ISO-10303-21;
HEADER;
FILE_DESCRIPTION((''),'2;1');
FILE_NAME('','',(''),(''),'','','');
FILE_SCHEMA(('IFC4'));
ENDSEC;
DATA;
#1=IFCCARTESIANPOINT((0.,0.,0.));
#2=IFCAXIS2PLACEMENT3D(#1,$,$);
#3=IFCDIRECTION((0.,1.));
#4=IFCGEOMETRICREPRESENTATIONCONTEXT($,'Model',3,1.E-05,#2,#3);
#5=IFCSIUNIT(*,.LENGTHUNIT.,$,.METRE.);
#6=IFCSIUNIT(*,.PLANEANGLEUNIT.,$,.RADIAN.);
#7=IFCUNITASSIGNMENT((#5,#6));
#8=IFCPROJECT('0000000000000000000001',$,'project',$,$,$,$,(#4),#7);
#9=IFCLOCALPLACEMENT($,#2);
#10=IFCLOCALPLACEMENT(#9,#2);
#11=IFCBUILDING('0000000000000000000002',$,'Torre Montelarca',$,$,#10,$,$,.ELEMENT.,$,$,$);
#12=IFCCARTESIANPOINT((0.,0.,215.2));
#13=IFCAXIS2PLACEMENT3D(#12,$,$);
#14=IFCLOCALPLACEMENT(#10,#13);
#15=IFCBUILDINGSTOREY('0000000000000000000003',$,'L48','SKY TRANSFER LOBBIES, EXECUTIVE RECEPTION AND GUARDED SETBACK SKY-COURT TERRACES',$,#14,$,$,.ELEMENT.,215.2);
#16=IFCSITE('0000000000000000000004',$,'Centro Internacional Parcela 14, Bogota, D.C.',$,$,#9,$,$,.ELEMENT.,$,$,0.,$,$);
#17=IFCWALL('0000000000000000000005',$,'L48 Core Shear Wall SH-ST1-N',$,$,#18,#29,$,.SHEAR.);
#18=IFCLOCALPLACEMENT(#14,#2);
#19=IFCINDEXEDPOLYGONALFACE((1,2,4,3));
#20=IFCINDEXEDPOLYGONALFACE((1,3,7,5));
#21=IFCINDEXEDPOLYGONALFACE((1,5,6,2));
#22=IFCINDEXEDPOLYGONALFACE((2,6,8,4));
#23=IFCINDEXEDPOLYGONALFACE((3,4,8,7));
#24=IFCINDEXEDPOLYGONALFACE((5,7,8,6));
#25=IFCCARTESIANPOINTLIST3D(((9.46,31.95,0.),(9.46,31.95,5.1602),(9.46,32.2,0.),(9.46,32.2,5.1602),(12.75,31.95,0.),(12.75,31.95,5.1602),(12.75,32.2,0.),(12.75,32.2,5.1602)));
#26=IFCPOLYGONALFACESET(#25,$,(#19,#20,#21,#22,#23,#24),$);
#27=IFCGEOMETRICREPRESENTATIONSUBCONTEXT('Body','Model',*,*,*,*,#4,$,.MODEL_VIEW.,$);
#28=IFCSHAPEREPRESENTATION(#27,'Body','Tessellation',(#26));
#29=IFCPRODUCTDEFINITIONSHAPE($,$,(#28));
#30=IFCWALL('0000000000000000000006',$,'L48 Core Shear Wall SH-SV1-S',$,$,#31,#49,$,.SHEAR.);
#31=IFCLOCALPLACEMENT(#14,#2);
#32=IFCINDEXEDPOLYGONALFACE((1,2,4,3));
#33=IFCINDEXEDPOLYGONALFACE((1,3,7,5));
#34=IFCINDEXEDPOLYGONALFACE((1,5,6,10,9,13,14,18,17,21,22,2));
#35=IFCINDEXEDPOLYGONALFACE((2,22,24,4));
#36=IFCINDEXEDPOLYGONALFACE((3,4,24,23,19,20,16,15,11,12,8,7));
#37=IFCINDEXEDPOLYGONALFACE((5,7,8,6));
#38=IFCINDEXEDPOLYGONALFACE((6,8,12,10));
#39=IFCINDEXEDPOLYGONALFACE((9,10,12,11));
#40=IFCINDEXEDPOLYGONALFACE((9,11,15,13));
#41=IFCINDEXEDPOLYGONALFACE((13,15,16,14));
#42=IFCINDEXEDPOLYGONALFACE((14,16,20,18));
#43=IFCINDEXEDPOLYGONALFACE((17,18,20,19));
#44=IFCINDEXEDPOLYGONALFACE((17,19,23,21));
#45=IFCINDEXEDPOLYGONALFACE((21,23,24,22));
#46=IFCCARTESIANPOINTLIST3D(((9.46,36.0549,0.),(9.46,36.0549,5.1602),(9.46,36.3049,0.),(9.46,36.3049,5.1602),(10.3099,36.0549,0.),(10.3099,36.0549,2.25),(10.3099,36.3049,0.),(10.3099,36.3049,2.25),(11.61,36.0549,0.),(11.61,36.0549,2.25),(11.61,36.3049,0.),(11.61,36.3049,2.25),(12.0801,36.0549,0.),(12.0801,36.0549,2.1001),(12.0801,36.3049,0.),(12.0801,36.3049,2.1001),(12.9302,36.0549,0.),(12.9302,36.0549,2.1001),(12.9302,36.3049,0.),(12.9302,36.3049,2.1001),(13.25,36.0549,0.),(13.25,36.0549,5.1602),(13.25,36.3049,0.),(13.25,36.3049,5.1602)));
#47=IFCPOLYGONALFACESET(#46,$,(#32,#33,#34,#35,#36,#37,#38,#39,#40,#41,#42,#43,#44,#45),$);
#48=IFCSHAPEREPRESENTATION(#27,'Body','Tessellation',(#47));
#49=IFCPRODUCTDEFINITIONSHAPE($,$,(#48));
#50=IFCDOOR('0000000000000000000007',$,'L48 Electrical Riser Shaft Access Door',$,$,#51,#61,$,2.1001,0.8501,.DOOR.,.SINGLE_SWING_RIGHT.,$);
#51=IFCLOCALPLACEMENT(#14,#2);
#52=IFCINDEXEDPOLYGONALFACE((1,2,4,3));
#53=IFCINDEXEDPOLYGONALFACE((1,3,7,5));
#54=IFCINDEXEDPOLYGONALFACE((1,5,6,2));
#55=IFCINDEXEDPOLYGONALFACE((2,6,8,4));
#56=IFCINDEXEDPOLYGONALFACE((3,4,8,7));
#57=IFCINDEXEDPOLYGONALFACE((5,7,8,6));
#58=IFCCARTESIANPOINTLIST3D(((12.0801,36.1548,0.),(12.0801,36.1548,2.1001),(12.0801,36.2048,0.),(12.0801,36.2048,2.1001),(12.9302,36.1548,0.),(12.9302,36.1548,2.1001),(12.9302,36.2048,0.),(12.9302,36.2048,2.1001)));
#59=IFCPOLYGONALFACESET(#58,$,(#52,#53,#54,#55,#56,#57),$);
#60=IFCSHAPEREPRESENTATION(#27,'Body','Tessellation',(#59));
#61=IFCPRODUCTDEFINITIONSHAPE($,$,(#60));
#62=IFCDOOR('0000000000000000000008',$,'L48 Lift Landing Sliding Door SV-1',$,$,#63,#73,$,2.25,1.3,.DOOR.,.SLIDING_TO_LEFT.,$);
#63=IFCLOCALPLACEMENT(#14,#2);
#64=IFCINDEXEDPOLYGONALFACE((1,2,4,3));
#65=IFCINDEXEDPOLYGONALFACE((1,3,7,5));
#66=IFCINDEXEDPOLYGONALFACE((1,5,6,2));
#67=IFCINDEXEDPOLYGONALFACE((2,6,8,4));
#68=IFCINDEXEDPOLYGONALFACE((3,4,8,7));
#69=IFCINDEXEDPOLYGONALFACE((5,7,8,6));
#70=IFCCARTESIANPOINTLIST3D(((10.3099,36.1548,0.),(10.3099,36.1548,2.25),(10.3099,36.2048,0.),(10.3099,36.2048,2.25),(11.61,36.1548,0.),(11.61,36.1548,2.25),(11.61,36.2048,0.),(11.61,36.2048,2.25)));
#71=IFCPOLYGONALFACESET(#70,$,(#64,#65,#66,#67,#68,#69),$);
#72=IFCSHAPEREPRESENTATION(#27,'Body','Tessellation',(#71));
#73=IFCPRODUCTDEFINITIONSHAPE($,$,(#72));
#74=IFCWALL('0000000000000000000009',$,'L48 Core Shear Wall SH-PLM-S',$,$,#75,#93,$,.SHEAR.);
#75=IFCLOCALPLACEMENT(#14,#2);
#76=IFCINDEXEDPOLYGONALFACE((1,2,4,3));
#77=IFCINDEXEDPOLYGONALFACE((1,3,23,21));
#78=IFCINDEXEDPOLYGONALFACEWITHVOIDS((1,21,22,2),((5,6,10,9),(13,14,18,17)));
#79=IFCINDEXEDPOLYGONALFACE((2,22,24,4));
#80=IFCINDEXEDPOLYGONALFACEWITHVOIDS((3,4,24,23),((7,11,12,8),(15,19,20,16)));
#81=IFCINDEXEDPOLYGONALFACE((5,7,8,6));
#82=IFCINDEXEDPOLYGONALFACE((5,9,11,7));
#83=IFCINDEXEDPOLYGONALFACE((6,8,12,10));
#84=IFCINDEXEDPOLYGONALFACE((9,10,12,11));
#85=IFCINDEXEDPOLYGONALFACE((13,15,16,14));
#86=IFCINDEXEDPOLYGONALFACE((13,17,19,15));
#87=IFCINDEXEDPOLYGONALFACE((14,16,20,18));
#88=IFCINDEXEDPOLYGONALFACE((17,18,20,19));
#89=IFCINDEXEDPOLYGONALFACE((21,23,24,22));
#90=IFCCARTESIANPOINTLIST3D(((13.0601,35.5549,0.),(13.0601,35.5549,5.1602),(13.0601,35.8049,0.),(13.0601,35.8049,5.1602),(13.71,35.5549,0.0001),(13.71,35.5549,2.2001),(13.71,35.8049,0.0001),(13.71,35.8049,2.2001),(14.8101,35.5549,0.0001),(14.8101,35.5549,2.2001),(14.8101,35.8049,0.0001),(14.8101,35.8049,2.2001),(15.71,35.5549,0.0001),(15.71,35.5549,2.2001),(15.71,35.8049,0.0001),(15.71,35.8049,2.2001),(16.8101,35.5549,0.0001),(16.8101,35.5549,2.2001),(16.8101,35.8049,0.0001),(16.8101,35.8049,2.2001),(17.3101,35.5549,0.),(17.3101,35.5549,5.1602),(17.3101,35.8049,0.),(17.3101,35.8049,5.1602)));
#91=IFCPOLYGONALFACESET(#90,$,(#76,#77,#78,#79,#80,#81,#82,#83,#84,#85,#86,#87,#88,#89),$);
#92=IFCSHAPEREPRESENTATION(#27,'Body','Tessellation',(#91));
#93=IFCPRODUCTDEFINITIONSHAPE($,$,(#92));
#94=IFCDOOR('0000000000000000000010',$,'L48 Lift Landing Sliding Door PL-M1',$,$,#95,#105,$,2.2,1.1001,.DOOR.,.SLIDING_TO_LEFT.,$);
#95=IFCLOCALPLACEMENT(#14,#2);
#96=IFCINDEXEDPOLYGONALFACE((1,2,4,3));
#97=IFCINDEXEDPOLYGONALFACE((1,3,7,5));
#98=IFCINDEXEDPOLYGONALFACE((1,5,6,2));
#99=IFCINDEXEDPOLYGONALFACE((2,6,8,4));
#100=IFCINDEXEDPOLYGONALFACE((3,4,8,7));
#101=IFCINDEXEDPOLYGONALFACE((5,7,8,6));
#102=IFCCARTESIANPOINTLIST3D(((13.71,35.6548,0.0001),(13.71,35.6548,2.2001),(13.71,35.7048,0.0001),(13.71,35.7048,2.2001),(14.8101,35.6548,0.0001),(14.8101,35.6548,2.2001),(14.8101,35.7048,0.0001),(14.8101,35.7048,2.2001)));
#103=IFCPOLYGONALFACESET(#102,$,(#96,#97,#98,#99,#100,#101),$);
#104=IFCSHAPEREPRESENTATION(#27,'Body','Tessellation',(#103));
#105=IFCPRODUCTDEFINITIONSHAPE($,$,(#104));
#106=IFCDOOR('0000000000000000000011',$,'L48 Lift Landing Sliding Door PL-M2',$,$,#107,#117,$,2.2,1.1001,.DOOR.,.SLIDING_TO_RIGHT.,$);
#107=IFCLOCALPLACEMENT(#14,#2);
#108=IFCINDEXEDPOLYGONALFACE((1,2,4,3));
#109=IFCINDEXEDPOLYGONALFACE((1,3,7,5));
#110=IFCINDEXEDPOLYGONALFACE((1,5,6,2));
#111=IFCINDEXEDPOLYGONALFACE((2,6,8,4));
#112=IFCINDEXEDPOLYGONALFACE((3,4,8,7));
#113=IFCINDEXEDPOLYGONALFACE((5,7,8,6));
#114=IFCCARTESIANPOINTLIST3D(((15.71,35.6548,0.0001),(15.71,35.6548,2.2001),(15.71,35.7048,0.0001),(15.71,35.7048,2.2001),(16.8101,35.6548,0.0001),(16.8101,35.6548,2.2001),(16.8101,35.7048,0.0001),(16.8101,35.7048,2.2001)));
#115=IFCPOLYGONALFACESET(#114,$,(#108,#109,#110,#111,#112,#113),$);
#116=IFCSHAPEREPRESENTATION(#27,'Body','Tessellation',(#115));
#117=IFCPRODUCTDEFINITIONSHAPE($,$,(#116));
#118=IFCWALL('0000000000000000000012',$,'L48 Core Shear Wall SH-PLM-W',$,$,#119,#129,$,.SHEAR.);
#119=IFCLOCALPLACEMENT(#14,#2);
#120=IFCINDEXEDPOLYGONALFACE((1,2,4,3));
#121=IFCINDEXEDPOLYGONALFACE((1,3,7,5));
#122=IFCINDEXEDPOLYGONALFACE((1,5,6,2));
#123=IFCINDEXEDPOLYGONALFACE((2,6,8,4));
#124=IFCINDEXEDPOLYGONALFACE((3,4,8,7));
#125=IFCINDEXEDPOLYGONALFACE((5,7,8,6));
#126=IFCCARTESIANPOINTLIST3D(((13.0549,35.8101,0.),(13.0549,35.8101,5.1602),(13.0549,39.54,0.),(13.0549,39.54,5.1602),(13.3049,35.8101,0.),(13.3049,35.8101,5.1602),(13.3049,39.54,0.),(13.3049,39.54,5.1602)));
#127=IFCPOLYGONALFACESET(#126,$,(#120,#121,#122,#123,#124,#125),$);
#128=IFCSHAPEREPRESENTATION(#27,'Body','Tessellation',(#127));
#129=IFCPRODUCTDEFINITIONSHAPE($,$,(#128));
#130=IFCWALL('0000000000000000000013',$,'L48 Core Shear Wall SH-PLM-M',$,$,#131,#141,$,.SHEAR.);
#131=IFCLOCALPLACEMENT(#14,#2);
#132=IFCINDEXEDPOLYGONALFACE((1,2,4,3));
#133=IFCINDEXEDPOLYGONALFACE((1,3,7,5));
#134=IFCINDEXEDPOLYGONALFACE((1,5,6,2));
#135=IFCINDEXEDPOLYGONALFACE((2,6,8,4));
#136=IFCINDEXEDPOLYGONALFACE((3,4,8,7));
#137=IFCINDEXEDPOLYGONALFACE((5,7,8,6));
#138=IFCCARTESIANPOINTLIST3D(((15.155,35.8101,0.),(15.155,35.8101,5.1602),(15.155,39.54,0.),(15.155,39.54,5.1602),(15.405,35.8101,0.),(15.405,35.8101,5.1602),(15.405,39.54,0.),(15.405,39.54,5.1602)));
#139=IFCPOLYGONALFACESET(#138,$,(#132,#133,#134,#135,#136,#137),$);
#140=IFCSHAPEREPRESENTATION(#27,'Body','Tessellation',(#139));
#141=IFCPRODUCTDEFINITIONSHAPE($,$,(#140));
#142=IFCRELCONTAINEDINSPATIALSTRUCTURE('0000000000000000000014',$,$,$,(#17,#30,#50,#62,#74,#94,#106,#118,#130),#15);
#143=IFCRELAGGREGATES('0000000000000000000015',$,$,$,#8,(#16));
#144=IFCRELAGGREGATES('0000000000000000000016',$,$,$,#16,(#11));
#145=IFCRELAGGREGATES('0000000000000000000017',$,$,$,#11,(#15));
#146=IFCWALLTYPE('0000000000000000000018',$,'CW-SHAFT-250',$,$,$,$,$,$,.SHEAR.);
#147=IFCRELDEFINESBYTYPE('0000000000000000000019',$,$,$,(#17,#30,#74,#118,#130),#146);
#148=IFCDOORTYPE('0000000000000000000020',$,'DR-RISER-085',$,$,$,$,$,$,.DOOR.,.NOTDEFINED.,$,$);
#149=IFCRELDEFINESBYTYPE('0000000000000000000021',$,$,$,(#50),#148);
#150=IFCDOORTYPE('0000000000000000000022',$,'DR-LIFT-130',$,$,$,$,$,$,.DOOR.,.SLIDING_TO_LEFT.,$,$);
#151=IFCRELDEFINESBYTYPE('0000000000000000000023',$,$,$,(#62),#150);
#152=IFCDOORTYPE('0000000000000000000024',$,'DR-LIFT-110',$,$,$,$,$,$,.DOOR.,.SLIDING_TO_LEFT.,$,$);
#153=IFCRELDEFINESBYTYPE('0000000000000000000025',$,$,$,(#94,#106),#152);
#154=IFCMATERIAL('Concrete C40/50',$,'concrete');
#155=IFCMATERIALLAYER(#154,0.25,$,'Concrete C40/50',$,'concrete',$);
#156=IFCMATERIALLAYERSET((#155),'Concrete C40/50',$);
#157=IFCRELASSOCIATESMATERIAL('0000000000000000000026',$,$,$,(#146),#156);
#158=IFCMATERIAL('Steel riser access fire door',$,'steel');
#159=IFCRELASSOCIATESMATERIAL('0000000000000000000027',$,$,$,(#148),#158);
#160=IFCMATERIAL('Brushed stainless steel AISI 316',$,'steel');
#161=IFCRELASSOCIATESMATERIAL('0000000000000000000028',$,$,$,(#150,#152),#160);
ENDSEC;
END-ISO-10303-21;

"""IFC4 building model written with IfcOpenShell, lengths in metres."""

from ifc_helpers import new_model, si_unit, direction, frame, frame_2d, origin, place, context, subcontext, project, spatial, rectangle, extrude, source, transform, mapped, material, layer, layer_set, type_object, element, fill, save


model = new_model("IFC4")

# Units and contexts
model_context = context("Model", 3, precision=1e-05, world=origin(), true_north=direction((0.0, 1.0)))
body_context = subcontext(model_context, "Body", "Model", "MODEL_VIEW")
ifc_project = project(units=[si_unit("LENGTHUNIT", "METRE"), si_unit("PLANEANGLEUNIT", "RADIAN")], contexts=[model_context])

# Site, building, storey
site_placement = place(None, origin())
site = spatial("IfcSite", under=ifc_project, at=site_placement, Name="Centro Internacional Parcela 14, Bogota, D.C.", CompositionType="ELEMENT", RefElevation=0.0)
building_placement = place(site_placement, origin())
building = spatial("IfcBuilding", under=site, at=building_placement, Name="Torre Montelarca", CompositionType="ELEMENT")
storey_placement = place(building_placement, frame((0.0, 0.0, 215.2)))
storey = spatial("IfcBuildingStorey", under=building, at=storey_placement, Name="L48", Description="SKY TRANSFER LOBBIES, EXECUTIVE RECEPTION AND GUARDED SETBACK SKY-COURT TERRACES", CompositionType="ELEMENT", Elevation=215.2)

# Wall
ifc_material_1 = material(Name="Concrete C40/50", Category="concrete")
ifc_layer_1 = layer(ifc_material_1, 0.25, Name="Concrete C40/50", Category="concrete")
ifc_layer_set_1 = layer_set([ifc_layer_1], Name="Concrete C40/50")
wall_type_1 = type_object("IfcWallType", Name="CW-SHAFT-250", PredefinedType="SHEAR", material=ifc_layer_set_1)
wall_1_placement = place(storey_placement, frame((9.46, 32.075, 0.0), z_axis=(0.0, 0.0, 1.0), x_axis=(1.0, 0.0, 0.0)))
element("IfcWall", 1, at=wall_1_placement, inside=storey, type_object=wall_type_1, Name="L48 Core Shear Wall SH-ST1-N", PredefinedType="SHEAR", context=body_context, shape_type="SweptSolid", body=[
    extrude(rectangle(XDim=3.29, YDim=0.25, at=frame_2d((1.645, 0.0))), origin(), (0.0, 0.0, 1.0), 5.1602),
])

# Walls, openings, doors
wall_2_placement = place(storey_placement, frame((9.46, 36.1799, 0.0), z_axis=(0.0, 0.0, 1.0), x_axis=(1.0, 0.0, 0.0)))
wall_2 = element("IfcWall", 2, at=wall_2_placement, inside=storey, type_object=wall_type_1, Name="L48 Core Shear Wall SH-SV1-S", PredefinedType="SHEAR", context=body_context, shape_type="SweptSolid", body=[
    extrude(rectangle(XDim=3.79, YDim=0.25, at=frame_2d((1.895, 0.0))), origin(), (0.0, 0.0, 1.0), 5.1602),
])
opening_1_placement = place(wall_2_placement, frame((2.6201, 0.0, 0.0)))
opening_1 = element("IfcOpeningElement", 3, at=opening_1_placement, cuts=wall_2, PredefinedType="OPENING", context=body_context, shape_type="SweptSolid", body=[
    extrude(rectangle(XDim=0.8501, YDim=2.1001, at=frame_2d((0.425, 1.05))), frame((0.0, 0.135, 0.0), z_axis=(0.0, -1.0, 0.0), x_axis=(1.0, 0.0, 0.0)), (0.0, 0.0, 1.0), 0.27),
])
opening_2_placement = place(wall_2_placement, frame((0.8501, 0.0, 0.0)))
opening_2 = element("IfcOpeningElement", 4, at=opening_2_placement, cuts=wall_2, PredefinedType="OPENING", context=body_context, shape_type="SweptSolid", body=[
    extrude(rectangle(XDim=1.3, YDim=2.25, at=frame_2d((0.6499, 1.125))), frame((0.0, 0.135, 0.0), z_axis=(0.0, -1.0, 0.0), x_axis=(1.0, 0.0, 0.0)), (0.0, 0.0, 1.0), 0.27),
])
ifc_material_2 = material(Name="Steel riser access fire door", Category="steel")
door_type_1 = type_object("IfcDoorType", Name="DR-RISER-085", OperationType="NOTDEFINED", PredefinedType="DOOR", material=ifc_material_2)
shared_shape_1 = source(origin(), body_context, "Body", "SweptSolid", [
    extrude(rectangle(XDim=0.8501, YDim=2.1001, at=frame_2d((0.425, 1.05))), frame((0.0, 0.0249, 0.0), z_axis=(0.0, -1.0, 0.0), x_axis=(1.0, 0.0, 0.0)), (0.0, 0.0, 1.0), 0.05),
])
door_1_placement = place(opening_1_placement, origin())
door_1 = element("IfcDoor", 5, at=door_1_placement, inside=storey, type_object=door_type_1, Name="L48 Electrical Riser Shaft Access Door", OperationType="SINGLE_SWING_RIGHT", OverallHeight=2.1001, OverallWidth=0.8501, PredefinedType="DOOR", context=body_context, shape_type="MappedRepresentation", body=[
    mapped(shared_shape_1, transform((0.0, 0.0, 0.0), scale=1.0)),
])
fill(opening_1, door_1)
ifc_material_3 = material(Name="Brushed stainless steel AISI 316", Category="steel")
door_type_2 = type_object("IfcDoorType", Name="DR-LIFT-130", OperationType="SLIDING_TO_LEFT", PredefinedType="DOOR", material=ifc_material_3)
shared_shape_2 = source(origin(), body_context, "Body", "SweptSolid", [
    extrude(rectangle(XDim=1.3, YDim=2.25, at=frame_2d((0.6499, 1.125))), frame((0.0, 0.0249, 0.0), z_axis=(0.0, -1.0, 0.0), x_axis=(1.0, 0.0, 0.0)), (0.0, 0.0, 1.0), 0.05),
])
door_2_placement = place(opening_2_placement, origin())
door_2 = element("IfcDoor", 6, at=door_2_placement, inside=storey, type_object=door_type_2, Name="L48 Lift Landing Sliding Door SV-1", OperationType="SLIDING_TO_LEFT", OverallHeight=2.25, OverallWidth=1.3, PredefinedType="DOOR", context=body_context, shape_type="MappedRepresentation", body=[
    mapped(shared_shape_2, transform((0.0, 0.0, 0.0), scale=1.0)),
])
fill(opening_2, door_2)
wall_3_placement = place(storey_placement, frame((13.0601, 35.6799, 0.0), z_axis=(0.0, 0.0, 1.0), x_axis=(1.0, 0.0, 0.0)))
wall_3 = element("IfcWall", 7, at=wall_3_placement, inside=storey, type_object=wall_type_1, Name="L48 Core Shear Wall SH-PLM-S", PredefinedType="SHEAR", context=body_context, shape_type="SweptSolid", body=[
    extrude(rectangle(XDim=4.25, YDim=0.25, at=frame_2d((2.125, 0.0))), origin(), (0.0, 0.0, 1.0), 5.1602),
])
opening_3_placement = place(wall_3_placement, frame((0.6499, 0.0, 0.0)))
opening_3 = element("IfcOpeningElement", 8, at=opening_3_placement, cuts=wall_3, PredefinedType="OPENING", context=body_context, shape_type="SweptSolid", body=[
    extrude(rectangle(XDim=1.1001, YDim=2.2, at=frame_2d((0.55, 1.1001))), frame((0.0, 0.135, 0.0), z_axis=(0.0, -1.0, 0.0), x_axis=(1.0, 0.0, 0.0)), (0.0, 0.0, 1.0), 0.27),
])
opening_4_placement = place(wall_3_placement, frame((2.6499, 0.0, 0.0)))
opening_4 = element("IfcOpeningElement", 9, at=opening_4_placement, cuts=wall_3, PredefinedType="OPENING", context=body_context, shape_type="SweptSolid", body=[
    extrude(rectangle(XDim=1.1001, YDim=2.2, at=frame_2d((0.55, 1.1001))), frame((0.0, 0.135, 0.0), z_axis=(0.0, -1.0, 0.0), x_axis=(1.0, 0.0, 0.0)), (0.0, 0.0, 1.0), 0.27),
])
door_type_3 = type_object("IfcDoorType", Name="DR-LIFT-110", OperationType="SLIDING_TO_LEFT", PredefinedType="DOOR", material=ifc_material_3)
shared_shape_3 = source(origin(), body_context, "Body", "SweptSolid", [
    extrude(rectangle(XDim=1.1001, YDim=2.2, at=frame_2d((0.55, 1.1001))), frame((0.0, 0.0249, 0.0), z_axis=(0.0, -1.0, 0.0), x_axis=(1.0, 0.0, 0.0)), (0.0, 0.0, 1.0), 0.05),
])
door_3_placement = place(opening_3_placement, origin())
door_3 = element("IfcDoor", 10, at=door_3_placement, inside=storey, type_object=door_type_3, Name="L48 Lift Landing Sliding Door PL-M1", OperationType="SLIDING_TO_LEFT", OverallHeight=2.2, OverallWidth=1.1001, PredefinedType="DOOR", context=body_context, shape_type="MappedRepresentation", body=[
    mapped(shared_shape_3, transform((0.0, 0.0, 0.0), scale=1.0)),
])
fill(opening_3, door_3)
door_4_placement = place(opening_4_placement, origin())
door_4 = element("IfcDoor", 11, at=door_4_placement, inside=storey, type_object=door_type_3, Name="L48 Lift Landing Sliding Door PL-M2", OperationType="SLIDING_TO_RIGHT", OverallHeight=2.2, OverallWidth=1.1001, PredefinedType="DOOR", context=body_context, shape_type="MappedRepresentation", body=[
    mapped(shared_shape_3, transform((0.0, 0.0, 0.0), scale=1.0)),
])
fill(opening_4, door_4)

# Walls
for number, where, z_axis, x_axis, name in (
    (12, (13.1799, 35.8101, 0.0), (0.0, 0.0, 1.0), (0.0, 1.0, 0.0), "L48 Core Shear Wall SH-PLM-W"),
    (13, (15.28, 35.8101, 0.0), (0.0, 0.0, 1.0), (0.0, 1.0, 0.0), "L48 Core Shear Wall SH-PLM-M"),
):
    element("IfcWall", number, at=place(storey_placement, frame(where, z_axis=z_axis, x_axis=x_axis)), inside=storey, type_object=wall_type_1, Name=name, PredefinedType="SHEAR", context=body_context, shape_type="SweptSolid", body=[
        extrude(rectangle(XDim=3.73, YDim=0.25, at=frame_2d((1.865, 0.0))), origin(), (0.0, 0.0, 1.0), 5.1602),
    ])

save(model, "model.ifc")
